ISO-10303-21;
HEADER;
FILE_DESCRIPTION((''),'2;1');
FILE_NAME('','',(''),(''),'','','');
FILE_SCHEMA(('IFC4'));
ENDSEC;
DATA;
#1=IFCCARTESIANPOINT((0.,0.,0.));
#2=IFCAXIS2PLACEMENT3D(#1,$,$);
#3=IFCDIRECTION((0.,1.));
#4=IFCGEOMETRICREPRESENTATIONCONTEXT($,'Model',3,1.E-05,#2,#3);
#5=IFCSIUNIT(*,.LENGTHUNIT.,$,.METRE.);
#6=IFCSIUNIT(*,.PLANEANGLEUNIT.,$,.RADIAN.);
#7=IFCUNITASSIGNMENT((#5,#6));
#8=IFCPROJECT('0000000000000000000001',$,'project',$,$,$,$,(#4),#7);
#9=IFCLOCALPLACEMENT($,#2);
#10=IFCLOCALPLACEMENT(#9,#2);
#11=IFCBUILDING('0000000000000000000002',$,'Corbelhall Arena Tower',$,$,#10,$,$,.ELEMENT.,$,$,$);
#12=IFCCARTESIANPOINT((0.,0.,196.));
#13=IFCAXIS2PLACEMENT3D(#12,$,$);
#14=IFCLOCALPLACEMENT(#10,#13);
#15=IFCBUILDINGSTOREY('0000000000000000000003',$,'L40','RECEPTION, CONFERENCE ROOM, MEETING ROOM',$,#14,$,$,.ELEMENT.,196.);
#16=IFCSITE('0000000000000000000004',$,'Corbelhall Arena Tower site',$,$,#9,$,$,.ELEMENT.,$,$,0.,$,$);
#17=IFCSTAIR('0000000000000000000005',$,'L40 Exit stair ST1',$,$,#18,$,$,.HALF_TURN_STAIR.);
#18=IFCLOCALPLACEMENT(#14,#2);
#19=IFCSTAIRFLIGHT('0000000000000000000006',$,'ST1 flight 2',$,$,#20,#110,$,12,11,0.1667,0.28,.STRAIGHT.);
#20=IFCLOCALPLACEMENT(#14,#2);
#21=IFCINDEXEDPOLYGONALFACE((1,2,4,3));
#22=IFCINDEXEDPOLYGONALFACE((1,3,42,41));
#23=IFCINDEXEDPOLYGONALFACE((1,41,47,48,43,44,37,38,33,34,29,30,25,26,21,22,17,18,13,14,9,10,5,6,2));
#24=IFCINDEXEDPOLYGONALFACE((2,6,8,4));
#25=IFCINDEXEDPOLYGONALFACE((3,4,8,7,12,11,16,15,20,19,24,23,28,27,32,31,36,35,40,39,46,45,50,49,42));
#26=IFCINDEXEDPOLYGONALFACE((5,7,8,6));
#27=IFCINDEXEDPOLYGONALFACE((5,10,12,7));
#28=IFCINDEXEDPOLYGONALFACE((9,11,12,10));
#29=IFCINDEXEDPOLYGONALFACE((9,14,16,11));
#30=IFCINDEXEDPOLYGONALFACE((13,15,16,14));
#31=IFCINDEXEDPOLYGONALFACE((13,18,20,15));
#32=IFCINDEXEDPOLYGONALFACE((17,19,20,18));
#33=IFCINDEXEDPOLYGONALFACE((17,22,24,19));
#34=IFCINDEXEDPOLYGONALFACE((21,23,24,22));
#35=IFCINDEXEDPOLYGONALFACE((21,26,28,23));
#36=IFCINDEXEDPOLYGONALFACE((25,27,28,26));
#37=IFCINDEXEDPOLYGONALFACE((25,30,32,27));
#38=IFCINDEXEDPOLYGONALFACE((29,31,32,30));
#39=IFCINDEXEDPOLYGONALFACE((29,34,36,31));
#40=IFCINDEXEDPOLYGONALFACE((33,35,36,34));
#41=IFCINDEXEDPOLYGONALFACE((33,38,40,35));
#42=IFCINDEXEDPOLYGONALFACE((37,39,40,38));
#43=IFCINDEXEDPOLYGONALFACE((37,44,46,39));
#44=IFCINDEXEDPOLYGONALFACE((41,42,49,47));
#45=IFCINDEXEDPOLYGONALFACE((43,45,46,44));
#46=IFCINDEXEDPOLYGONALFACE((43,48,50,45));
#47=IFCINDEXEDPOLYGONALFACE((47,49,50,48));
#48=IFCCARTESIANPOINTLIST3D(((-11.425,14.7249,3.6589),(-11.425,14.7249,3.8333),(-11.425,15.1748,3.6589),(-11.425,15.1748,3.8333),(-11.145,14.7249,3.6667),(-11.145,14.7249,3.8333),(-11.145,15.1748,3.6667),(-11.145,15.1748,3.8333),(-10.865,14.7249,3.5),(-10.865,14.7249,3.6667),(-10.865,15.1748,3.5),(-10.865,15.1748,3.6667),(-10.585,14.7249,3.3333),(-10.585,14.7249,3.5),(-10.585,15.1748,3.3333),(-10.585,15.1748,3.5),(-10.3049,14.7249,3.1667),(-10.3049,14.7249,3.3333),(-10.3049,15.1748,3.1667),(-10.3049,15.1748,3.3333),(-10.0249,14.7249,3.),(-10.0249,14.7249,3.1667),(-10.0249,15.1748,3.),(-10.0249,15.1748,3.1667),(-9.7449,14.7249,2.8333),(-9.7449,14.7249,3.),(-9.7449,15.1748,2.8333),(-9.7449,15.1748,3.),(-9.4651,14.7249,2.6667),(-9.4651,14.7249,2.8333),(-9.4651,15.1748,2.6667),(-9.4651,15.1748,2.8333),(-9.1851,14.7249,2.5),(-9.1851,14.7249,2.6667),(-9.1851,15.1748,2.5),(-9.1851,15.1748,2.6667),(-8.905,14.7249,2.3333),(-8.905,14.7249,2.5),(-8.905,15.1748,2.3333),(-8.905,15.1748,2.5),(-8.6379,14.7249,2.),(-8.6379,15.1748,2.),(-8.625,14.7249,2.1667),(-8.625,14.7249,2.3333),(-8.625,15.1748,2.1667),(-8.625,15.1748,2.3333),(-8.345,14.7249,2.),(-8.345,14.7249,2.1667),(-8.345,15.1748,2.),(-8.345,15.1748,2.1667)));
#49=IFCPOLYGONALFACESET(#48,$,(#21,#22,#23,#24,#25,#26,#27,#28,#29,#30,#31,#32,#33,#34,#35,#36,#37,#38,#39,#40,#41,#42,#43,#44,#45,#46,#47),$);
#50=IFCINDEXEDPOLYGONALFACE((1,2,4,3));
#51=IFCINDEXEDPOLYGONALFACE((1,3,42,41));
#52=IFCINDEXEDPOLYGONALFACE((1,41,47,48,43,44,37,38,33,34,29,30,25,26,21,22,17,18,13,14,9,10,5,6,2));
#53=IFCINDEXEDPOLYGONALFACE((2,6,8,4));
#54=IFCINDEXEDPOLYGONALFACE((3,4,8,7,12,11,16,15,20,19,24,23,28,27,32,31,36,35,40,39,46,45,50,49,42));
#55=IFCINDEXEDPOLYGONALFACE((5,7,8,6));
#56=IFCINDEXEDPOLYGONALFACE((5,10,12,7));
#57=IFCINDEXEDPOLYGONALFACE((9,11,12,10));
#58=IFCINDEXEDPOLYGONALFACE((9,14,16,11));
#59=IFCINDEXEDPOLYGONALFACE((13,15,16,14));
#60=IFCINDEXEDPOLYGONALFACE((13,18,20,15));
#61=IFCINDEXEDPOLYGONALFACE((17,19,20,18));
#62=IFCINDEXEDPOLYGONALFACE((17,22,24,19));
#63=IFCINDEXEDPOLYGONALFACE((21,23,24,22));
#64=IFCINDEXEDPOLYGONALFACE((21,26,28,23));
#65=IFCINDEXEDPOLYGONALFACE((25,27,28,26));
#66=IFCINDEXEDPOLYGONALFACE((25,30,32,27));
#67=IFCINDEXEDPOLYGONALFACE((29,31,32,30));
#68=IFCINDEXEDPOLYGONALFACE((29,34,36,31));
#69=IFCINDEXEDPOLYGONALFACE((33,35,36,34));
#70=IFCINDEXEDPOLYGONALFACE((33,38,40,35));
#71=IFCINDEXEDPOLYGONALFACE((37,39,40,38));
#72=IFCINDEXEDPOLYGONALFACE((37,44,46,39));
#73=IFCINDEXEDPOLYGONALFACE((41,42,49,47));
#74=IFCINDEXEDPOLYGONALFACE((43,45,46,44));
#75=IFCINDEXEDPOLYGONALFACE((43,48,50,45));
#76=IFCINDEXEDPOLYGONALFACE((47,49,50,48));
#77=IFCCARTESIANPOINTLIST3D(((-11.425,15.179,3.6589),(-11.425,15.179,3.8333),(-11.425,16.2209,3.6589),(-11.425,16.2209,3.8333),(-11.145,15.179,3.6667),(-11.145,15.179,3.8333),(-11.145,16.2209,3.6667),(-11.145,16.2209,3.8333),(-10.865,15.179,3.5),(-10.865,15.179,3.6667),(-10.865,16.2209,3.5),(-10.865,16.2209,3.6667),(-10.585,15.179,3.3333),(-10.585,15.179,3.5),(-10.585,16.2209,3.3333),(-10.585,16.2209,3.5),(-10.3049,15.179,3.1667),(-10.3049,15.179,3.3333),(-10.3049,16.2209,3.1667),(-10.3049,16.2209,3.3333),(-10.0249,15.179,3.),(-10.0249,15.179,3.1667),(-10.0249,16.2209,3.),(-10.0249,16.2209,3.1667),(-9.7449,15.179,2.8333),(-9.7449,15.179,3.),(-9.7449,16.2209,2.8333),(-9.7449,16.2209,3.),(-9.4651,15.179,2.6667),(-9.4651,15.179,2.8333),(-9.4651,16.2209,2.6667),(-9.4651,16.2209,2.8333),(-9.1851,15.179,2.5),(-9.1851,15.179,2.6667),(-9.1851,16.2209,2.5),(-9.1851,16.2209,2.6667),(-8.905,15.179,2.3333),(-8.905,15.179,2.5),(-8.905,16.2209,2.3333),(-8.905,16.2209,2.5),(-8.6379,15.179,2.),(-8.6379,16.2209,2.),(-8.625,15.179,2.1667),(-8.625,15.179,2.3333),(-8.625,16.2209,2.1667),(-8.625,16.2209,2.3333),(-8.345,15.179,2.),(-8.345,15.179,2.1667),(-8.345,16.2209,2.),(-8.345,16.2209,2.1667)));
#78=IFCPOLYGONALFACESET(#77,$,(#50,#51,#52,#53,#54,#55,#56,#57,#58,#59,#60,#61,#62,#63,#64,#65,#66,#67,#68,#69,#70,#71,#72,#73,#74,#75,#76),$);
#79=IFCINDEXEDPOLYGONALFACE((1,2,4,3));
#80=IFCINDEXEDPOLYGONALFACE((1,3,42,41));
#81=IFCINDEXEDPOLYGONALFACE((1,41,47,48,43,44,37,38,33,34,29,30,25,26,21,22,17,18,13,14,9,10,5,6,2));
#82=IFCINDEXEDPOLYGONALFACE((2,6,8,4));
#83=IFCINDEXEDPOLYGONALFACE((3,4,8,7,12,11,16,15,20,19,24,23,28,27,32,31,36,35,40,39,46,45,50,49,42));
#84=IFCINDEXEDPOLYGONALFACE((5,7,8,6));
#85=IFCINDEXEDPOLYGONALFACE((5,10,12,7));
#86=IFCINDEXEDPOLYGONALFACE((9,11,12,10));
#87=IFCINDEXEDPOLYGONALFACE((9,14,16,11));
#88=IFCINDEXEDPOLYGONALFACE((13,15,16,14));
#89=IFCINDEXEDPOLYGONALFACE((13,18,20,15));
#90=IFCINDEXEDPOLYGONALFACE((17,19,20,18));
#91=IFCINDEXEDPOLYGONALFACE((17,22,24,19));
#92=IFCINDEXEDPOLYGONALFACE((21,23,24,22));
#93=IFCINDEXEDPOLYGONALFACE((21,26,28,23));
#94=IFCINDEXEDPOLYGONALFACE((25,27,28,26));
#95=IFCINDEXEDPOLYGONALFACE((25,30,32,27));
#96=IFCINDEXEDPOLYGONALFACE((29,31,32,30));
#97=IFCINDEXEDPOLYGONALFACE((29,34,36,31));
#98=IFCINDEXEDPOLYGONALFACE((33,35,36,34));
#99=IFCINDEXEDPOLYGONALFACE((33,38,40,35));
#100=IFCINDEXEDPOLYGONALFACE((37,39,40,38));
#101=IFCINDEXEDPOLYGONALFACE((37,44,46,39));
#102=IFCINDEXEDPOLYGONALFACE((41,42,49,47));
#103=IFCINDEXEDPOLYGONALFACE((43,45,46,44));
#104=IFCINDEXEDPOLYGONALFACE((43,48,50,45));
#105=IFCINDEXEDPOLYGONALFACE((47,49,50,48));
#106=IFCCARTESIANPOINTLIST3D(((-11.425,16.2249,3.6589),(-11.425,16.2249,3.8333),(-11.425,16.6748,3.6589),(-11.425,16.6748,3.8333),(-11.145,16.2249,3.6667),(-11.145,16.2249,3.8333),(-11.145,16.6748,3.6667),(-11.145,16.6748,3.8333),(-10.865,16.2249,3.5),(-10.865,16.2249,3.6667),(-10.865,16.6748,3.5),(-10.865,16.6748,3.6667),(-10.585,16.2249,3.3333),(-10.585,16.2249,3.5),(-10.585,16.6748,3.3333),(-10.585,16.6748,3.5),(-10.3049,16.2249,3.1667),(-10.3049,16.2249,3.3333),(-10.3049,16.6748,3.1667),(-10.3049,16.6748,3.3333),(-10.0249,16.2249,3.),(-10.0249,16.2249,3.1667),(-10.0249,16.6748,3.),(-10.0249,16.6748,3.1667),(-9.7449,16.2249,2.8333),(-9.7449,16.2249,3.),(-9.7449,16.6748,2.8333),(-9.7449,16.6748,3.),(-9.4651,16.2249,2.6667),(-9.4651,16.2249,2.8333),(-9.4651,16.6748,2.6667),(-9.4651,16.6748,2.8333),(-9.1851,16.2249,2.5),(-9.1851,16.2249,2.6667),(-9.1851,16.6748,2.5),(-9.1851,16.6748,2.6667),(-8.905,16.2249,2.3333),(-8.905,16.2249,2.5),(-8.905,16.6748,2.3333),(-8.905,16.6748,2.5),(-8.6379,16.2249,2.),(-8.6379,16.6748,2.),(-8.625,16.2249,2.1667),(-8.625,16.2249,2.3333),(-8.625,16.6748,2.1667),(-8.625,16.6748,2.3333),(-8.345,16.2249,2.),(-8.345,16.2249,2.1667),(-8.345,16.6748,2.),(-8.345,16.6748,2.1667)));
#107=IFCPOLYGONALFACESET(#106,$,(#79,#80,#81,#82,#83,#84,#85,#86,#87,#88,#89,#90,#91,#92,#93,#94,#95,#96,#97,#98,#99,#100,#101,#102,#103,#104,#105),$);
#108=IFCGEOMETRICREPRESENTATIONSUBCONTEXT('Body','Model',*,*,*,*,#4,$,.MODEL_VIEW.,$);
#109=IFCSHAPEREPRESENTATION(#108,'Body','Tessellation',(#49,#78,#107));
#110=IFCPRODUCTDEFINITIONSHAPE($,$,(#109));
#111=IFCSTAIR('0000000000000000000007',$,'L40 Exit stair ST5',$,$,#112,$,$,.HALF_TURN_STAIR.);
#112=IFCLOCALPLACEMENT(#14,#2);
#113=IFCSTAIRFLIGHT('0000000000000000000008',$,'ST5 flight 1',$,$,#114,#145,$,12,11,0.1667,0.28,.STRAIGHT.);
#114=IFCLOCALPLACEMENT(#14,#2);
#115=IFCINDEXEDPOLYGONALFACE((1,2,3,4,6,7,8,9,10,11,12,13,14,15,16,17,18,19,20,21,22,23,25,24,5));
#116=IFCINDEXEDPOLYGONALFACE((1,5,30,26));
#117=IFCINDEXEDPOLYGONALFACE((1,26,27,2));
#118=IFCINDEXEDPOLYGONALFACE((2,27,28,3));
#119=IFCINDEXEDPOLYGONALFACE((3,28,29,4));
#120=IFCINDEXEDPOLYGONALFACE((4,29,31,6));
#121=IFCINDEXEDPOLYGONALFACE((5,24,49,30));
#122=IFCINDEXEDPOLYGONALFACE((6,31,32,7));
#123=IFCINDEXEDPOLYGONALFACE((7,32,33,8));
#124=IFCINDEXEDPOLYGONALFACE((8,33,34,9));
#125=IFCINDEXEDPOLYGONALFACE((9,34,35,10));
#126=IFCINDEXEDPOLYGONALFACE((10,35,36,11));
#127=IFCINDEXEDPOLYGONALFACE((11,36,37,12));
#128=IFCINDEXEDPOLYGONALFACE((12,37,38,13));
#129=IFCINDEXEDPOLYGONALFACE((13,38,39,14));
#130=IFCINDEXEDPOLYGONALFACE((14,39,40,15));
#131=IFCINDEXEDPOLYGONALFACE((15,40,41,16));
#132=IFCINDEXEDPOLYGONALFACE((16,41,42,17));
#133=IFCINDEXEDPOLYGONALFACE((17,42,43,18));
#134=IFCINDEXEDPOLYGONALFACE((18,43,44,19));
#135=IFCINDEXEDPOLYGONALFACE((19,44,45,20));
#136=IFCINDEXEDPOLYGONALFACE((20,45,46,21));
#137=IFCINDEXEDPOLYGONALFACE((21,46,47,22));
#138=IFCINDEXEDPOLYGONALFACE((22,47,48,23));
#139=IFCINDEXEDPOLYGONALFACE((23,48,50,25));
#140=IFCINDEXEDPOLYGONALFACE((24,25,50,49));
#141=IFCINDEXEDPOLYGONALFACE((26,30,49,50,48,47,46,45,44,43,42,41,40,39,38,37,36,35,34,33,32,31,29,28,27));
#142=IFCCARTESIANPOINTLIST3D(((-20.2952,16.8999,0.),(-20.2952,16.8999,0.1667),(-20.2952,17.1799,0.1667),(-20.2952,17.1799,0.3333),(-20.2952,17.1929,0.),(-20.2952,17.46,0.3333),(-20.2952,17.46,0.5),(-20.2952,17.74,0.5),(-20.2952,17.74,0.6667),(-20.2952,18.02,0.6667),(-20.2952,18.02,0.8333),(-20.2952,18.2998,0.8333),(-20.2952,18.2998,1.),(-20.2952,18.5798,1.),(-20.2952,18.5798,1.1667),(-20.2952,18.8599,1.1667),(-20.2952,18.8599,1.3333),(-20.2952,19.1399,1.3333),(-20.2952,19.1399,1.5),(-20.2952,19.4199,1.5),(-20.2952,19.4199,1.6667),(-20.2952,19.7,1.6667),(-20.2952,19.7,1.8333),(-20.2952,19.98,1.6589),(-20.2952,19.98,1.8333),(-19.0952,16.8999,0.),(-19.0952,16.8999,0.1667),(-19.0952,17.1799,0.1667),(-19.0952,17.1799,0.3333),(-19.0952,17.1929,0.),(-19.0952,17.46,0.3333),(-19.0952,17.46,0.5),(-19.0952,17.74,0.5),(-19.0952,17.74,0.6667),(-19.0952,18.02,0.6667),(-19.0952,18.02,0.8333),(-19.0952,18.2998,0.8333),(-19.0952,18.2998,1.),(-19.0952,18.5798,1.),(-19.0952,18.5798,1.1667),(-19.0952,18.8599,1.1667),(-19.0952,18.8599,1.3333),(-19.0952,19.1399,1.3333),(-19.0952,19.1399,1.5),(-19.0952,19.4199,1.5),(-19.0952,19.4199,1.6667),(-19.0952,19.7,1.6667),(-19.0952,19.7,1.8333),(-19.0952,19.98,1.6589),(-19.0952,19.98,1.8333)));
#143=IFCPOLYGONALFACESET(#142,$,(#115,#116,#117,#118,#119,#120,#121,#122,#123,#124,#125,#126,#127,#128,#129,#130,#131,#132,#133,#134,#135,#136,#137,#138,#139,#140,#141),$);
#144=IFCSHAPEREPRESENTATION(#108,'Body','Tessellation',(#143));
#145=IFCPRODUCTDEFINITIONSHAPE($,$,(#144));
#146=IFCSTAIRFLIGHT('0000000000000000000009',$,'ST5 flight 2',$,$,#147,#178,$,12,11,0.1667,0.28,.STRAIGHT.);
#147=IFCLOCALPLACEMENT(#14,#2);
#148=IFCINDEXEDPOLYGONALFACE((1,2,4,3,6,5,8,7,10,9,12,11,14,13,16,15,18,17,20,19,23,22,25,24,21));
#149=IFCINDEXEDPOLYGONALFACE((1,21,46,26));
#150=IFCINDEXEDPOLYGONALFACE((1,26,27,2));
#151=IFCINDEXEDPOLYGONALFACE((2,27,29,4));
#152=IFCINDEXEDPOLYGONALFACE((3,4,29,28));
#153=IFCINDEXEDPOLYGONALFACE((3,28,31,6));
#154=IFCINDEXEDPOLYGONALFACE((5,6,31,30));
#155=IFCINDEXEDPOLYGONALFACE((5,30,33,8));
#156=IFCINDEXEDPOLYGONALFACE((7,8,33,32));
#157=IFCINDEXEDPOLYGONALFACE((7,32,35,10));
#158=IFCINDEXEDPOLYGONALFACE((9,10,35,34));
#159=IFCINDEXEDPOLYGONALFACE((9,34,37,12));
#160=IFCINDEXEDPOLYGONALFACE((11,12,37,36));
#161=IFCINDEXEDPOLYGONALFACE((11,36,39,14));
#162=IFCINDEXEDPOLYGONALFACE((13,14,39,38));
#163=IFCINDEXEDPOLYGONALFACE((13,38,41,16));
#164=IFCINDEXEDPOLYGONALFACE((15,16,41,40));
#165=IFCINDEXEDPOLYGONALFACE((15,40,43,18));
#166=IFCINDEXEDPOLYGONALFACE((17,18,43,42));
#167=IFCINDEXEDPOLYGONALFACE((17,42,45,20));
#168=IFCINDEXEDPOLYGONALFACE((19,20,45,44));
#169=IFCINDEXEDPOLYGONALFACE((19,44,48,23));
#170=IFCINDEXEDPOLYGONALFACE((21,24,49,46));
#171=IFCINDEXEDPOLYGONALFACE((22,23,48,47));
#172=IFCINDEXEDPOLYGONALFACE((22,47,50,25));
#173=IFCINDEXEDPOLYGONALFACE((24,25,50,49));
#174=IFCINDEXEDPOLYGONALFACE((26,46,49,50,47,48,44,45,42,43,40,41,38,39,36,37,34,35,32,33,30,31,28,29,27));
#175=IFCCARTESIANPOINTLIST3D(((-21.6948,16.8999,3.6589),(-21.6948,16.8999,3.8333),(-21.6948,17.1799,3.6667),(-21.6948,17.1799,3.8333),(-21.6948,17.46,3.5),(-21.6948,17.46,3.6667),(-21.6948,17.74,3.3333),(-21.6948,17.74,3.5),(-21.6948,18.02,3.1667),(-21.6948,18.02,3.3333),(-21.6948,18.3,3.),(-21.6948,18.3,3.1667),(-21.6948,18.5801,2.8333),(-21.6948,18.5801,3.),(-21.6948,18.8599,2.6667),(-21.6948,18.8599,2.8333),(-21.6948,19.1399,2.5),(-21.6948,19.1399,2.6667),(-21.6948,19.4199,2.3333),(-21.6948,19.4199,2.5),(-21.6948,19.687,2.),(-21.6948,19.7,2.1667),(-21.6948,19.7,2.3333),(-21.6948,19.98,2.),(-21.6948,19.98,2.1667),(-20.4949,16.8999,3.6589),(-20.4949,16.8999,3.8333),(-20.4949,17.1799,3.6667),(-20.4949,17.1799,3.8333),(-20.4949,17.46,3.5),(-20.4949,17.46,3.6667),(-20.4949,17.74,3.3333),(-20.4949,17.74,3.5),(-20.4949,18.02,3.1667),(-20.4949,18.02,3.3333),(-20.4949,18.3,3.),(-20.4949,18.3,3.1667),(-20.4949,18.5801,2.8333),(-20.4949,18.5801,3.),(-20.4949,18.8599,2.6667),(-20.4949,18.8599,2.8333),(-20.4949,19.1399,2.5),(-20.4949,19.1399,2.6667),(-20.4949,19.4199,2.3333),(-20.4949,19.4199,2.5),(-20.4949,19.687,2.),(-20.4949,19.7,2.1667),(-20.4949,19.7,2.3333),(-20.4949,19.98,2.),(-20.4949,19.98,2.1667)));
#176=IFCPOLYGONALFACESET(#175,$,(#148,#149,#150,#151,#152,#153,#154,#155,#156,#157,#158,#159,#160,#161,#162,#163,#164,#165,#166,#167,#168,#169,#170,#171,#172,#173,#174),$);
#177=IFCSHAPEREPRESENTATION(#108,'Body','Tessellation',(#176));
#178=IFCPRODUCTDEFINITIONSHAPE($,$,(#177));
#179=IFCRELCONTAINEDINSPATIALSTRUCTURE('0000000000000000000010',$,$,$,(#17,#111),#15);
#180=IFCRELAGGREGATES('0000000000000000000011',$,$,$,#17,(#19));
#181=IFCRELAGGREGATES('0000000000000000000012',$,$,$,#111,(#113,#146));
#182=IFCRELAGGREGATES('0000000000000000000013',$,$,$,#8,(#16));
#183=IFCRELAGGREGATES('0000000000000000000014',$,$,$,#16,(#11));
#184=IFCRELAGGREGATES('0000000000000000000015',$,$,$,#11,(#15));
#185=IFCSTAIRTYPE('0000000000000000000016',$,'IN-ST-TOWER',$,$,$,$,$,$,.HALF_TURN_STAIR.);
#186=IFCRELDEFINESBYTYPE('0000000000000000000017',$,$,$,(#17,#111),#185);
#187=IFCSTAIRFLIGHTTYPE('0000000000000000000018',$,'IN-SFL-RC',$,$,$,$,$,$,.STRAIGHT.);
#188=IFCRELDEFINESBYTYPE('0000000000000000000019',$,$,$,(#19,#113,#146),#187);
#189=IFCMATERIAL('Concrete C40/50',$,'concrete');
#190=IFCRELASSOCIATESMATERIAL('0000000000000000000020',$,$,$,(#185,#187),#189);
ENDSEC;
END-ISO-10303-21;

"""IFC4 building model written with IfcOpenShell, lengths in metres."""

from ifc_helpers import new_model, si_unit, direction, frame, origin, place, context, subcontext, project, spatial, polyline, outline, extrude, material, type_object, element, aggregate, save


model = new_model("IFC4")

# Units and contexts
model_context = context("Model", 3, precision=1e-05, world=origin(), true_north=direction((0.0, 1.0)))
body_context = subcontext(model_context, "Body", "Model", "MODEL_VIEW")
ifc_project = project(units=[si_unit("LENGTHUNIT", "METRE"), si_unit("PLANEANGLEUNIT", "RADIAN")], contexts=[model_context])

# Site, building, storey
site_placement = place(None, origin())
site = spatial("IfcSite", under=ifc_project, at=site_placement, Name="Corbelhall Arena Tower site", CompositionType="ELEMENT", RefElevation=0.0)
building_placement = place(site_placement, origin())
building = spatial("IfcBuilding", under=site, at=building_placement, Name="Corbelhall Arena Tower", CompositionType="ELEMENT")
storey_placement = place(building_placement, frame((0.0, 0.0, 196.0)))
storey = spatial("IfcBuildingStorey", under=building, at=storey_placement, Name="L40", Description="RECEPTION, CONFERENCE ROOM, MEETING ROOM", CompositionType="ELEMENT", Elevation=196.0)

# Shared definitions
ifc_material_1 = material(Name="Concrete C40/50", Category="concrete")

# Stair, stair flight
stair_type = type_object("IfcStairType", Name="IN-ST-TOWER", PredefinedType="HALF_TURN_STAIR", material=ifc_material_1)
stair_1_placement = place(storey_placement, origin())
stair_1 = element("IfcStair", 1, at=stair_1_placement, inside=storey, type_object=stair_type, Name="L40 Exit stair ST1", PredefinedType="HALF_TURN_STAIR")
stair_flight_type = type_object("IfcStairFlightType", Name="IN-SFL-RC", PredefinedType="STRAIGHT", material=ifc_material_1)
stair_flight_1_placement = place(storey_placement, frame((-8.345, 15.7, 2.0), z_axis=(0.0, 0.0, 1.0), x_axis=(-1.0, 0.0, 0.0)))
stair_flight_1 = element("IfcStairFlight", 2, at=stair_flight_1_placement, type_object=stair_flight_type, Name="ST1 flight 2", NumberOfRisers=12, NumberOfTreads=11, PredefinedType="STRAIGHT", RiserHeight=0.1667, TreadLength=0.28, context=body_context, shape_type="SweptSolid", body=[
    extrude(outline(polyline([(0.0, 0.0), (0.0, 0.1667), (0.28, 0.1667), (0.28, 0.3333), (0.5601, 0.3333), (0.5601, 0.5), (0.8401, 0.5), (0.8401, 0.6667), (1.1201, 0.6667), (1.1201, 0.8333), (1.3999, 0.8333), (1.3999, 1.0), (1.6799, 1.0), (1.6799, 1.1667), (1.96, 1.1667), (1.96, 1.3333), (2.24, 1.3333), (2.24, 1.5), (2.52, 1.5), (2.52, 1.6667), (2.8, 1.6667), (2.8, 1.8333), (3.0801, 1.8333), (3.0801, 2.0), (3.0801, 1.6589), (0.293, 0.0), (0.0, 0.0)])), frame((0.0, 0.9751, 0.0), z_axis=(0.0, -1.0, 0.0), x_axis=(1.0, 0.0, 0.0)), (0.0, 0.0, 1.0), 0.45),
    extrude(outline(polyline([(0.0, 0.0), (0.0, 0.1667), (0.28, 0.1667), (0.28, 0.3333), (0.5601, 0.3333), (0.5601, 0.5), (0.8401, 0.5), (0.8401, 0.6667), (1.1201, 0.6667), (1.1201, 0.8333), (1.3999, 0.8333), (1.3999, 1.0), (1.6799, 1.0), (1.6799, 1.1667), (1.96, 1.1667), (1.96, 1.3333), (2.24, 1.3333), (2.24, 1.5), (2.52, 1.5), (2.52, 1.6667), (2.8, 1.6667), (2.8, 1.8333), (3.0801, 1.8333), (3.0801, 2.0), (3.0801, 1.6589), (0.293, 0.0), (0.0, 0.0)])), frame((0.0, 0.521, 0.0), z_axis=(0.0, -1.0, 0.0), x_axis=(1.0, 0.0, 0.0)), (0.0, 0.0, 1.0), 1.042),
    extrude(outline(polyline([(0.0, 0.0), (0.0, 0.1667), (0.28, 0.1667), (0.28, 0.3333), (0.5601, 0.3333), (0.5601, 0.5), (0.8401, 0.5), (0.8401, 0.6667), (1.1201, 0.6667), (1.1201, 0.8333), (1.3999, 0.8333), (1.3999, 1.0), (1.6799, 1.0), (1.6799, 1.1667), (1.96, 1.1667), (1.96, 1.3333), (2.24, 1.3333), (2.24, 1.5), (2.52, 1.5), (2.52, 1.6667), (2.8, 1.6667), (2.8, 1.8333), (3.0801, 1.8333), (3.0801, 2.0), (3.0801, 1.6589), (0.293, 0.0), (0.0, 0.0)])), frame((0.0, -0.5249, 0.0), z_axis=(0.0, -1.0, 0.0), x_axis=(1.0, 0.0, 0.0)), (0.0, 0.0, 1.0), 0.45),
])
aggregate(stair_1, [stair_flight_1])

# Stair, stair flights
stair_2_placement = place(storey_placement, origin())
stair_2 = element("IfcStair", 3, at=stair_2_placement, inside=storey, type_object=stair_type, Name="L40 Exit stair ST5", PredefinedType="HALF_TURN_STAIR")
stair_flight_2_placement = place(storey_placement, frame((-19.6951, 16.8999, 0.0), z_axis=(0.0, 0.0, 1.0), x_axis=(0.0, 1.0, 0.0)))
stair_flight_2 = element("IfcStairFlight", 4, at=stair_flight_2_placement, type_object=stair_flight_type, Name="ST5 flight 1", NumberOfRisers=12, NumberOfTreads=11, PredefinedType="STRAIGHT", RiserHeight=0.1667, TreadLength=0.28, context=body_context, shape_type="SweptSolid", body=[
    extrude(outline(polyline([(0.0, 0.0), (0.0, 0.1667), (0.28, 0.1667), (0.28, 0.3333), (0.5601, 0.3333), (0.5601, 0.5), (0.8401, 0.5), (0.8401, 0.6667), (1.1201, 0.6667), (1.1201, 0.8333), (1.3999, 0.8333), (1.3999, 1.0), (1.6799, 1.0), (1.6799, 1.1667), (1.96, 1.1667), (1.96, 1.3333), (2.24, 1.3333), (2.24, 1.5), (2.52, 1.5), (2.52, 1.6667), (2.8, 1.6667), (2.8, 1.8333), (3.0801, 1.8333), (3.0801, 2.0), (3.0801, 1.6589), (0.293, 0.0), (0.0, 0.0)])), frame((0.0, 0.6001, 0.0), z_axis=(0.0, -1.0, 0.0), x_axis=(1.0, 0.0, 0.0)), (0.0, 0.0, 1.0), 1.2),
])
stair_flight_3_placement = place(storey_placement, frame((-21.095, 19.98, 2.0), z_axis=(0.0, 0.0, 1.0), x_axis=(0.0, -1.0, 0.0)))
stair_flight_3 = element("IfcStairFlight", 5, at=stair_flight_3_placement, type_object=stair_flight_type, Name="ST5 flight 2", NumberOfRisers=12, NumberOfTreads=11, PredefinedType="STRAIGHT", RiserHeight=0.1667, TreadLength=0.28, context=body_context, shape_type="SweptSolid", body=[
    extrude(outline(polyline([(0.0, 0.0), (0.0, 0.1667), (0.28, 0.1667), (0.28, 0.3333), (0.5601, 0.3333), (0.5601, 0.5), (0.8401, 0.5), (0.8401, 0.6667), (1.1201, 0.6667), (1.1201, 0.8333), (1.3999, 0.8333), (1.3999, 1.0), (1.6799, 1.0), (1.6799, 1.1667), (1.96, 1.1667), (1.96, 1.3333), (2.24, 1.3333), (2.24, 1.5), (2.52, 1.5), (2.52, 1.6667), (2.8, 1.6667), (2.8, 1.8333), (3.0801, 1.8333), (3.0801, 2.0), (3.0801, 1.6589), (0.293, 0.0), (0.0, 0.0)])), frame((0.0, 0.6001, 0.0), z_axis=(0.0, -1.0, 0.0), x_axis=(1.0, 0.0, 0.0)), (0.0, 0.0, 1.0), 1.2),
])
aggregate(stair_2, [stair_flight_2, stair_flight_3])

save(model, "model.ifc")
